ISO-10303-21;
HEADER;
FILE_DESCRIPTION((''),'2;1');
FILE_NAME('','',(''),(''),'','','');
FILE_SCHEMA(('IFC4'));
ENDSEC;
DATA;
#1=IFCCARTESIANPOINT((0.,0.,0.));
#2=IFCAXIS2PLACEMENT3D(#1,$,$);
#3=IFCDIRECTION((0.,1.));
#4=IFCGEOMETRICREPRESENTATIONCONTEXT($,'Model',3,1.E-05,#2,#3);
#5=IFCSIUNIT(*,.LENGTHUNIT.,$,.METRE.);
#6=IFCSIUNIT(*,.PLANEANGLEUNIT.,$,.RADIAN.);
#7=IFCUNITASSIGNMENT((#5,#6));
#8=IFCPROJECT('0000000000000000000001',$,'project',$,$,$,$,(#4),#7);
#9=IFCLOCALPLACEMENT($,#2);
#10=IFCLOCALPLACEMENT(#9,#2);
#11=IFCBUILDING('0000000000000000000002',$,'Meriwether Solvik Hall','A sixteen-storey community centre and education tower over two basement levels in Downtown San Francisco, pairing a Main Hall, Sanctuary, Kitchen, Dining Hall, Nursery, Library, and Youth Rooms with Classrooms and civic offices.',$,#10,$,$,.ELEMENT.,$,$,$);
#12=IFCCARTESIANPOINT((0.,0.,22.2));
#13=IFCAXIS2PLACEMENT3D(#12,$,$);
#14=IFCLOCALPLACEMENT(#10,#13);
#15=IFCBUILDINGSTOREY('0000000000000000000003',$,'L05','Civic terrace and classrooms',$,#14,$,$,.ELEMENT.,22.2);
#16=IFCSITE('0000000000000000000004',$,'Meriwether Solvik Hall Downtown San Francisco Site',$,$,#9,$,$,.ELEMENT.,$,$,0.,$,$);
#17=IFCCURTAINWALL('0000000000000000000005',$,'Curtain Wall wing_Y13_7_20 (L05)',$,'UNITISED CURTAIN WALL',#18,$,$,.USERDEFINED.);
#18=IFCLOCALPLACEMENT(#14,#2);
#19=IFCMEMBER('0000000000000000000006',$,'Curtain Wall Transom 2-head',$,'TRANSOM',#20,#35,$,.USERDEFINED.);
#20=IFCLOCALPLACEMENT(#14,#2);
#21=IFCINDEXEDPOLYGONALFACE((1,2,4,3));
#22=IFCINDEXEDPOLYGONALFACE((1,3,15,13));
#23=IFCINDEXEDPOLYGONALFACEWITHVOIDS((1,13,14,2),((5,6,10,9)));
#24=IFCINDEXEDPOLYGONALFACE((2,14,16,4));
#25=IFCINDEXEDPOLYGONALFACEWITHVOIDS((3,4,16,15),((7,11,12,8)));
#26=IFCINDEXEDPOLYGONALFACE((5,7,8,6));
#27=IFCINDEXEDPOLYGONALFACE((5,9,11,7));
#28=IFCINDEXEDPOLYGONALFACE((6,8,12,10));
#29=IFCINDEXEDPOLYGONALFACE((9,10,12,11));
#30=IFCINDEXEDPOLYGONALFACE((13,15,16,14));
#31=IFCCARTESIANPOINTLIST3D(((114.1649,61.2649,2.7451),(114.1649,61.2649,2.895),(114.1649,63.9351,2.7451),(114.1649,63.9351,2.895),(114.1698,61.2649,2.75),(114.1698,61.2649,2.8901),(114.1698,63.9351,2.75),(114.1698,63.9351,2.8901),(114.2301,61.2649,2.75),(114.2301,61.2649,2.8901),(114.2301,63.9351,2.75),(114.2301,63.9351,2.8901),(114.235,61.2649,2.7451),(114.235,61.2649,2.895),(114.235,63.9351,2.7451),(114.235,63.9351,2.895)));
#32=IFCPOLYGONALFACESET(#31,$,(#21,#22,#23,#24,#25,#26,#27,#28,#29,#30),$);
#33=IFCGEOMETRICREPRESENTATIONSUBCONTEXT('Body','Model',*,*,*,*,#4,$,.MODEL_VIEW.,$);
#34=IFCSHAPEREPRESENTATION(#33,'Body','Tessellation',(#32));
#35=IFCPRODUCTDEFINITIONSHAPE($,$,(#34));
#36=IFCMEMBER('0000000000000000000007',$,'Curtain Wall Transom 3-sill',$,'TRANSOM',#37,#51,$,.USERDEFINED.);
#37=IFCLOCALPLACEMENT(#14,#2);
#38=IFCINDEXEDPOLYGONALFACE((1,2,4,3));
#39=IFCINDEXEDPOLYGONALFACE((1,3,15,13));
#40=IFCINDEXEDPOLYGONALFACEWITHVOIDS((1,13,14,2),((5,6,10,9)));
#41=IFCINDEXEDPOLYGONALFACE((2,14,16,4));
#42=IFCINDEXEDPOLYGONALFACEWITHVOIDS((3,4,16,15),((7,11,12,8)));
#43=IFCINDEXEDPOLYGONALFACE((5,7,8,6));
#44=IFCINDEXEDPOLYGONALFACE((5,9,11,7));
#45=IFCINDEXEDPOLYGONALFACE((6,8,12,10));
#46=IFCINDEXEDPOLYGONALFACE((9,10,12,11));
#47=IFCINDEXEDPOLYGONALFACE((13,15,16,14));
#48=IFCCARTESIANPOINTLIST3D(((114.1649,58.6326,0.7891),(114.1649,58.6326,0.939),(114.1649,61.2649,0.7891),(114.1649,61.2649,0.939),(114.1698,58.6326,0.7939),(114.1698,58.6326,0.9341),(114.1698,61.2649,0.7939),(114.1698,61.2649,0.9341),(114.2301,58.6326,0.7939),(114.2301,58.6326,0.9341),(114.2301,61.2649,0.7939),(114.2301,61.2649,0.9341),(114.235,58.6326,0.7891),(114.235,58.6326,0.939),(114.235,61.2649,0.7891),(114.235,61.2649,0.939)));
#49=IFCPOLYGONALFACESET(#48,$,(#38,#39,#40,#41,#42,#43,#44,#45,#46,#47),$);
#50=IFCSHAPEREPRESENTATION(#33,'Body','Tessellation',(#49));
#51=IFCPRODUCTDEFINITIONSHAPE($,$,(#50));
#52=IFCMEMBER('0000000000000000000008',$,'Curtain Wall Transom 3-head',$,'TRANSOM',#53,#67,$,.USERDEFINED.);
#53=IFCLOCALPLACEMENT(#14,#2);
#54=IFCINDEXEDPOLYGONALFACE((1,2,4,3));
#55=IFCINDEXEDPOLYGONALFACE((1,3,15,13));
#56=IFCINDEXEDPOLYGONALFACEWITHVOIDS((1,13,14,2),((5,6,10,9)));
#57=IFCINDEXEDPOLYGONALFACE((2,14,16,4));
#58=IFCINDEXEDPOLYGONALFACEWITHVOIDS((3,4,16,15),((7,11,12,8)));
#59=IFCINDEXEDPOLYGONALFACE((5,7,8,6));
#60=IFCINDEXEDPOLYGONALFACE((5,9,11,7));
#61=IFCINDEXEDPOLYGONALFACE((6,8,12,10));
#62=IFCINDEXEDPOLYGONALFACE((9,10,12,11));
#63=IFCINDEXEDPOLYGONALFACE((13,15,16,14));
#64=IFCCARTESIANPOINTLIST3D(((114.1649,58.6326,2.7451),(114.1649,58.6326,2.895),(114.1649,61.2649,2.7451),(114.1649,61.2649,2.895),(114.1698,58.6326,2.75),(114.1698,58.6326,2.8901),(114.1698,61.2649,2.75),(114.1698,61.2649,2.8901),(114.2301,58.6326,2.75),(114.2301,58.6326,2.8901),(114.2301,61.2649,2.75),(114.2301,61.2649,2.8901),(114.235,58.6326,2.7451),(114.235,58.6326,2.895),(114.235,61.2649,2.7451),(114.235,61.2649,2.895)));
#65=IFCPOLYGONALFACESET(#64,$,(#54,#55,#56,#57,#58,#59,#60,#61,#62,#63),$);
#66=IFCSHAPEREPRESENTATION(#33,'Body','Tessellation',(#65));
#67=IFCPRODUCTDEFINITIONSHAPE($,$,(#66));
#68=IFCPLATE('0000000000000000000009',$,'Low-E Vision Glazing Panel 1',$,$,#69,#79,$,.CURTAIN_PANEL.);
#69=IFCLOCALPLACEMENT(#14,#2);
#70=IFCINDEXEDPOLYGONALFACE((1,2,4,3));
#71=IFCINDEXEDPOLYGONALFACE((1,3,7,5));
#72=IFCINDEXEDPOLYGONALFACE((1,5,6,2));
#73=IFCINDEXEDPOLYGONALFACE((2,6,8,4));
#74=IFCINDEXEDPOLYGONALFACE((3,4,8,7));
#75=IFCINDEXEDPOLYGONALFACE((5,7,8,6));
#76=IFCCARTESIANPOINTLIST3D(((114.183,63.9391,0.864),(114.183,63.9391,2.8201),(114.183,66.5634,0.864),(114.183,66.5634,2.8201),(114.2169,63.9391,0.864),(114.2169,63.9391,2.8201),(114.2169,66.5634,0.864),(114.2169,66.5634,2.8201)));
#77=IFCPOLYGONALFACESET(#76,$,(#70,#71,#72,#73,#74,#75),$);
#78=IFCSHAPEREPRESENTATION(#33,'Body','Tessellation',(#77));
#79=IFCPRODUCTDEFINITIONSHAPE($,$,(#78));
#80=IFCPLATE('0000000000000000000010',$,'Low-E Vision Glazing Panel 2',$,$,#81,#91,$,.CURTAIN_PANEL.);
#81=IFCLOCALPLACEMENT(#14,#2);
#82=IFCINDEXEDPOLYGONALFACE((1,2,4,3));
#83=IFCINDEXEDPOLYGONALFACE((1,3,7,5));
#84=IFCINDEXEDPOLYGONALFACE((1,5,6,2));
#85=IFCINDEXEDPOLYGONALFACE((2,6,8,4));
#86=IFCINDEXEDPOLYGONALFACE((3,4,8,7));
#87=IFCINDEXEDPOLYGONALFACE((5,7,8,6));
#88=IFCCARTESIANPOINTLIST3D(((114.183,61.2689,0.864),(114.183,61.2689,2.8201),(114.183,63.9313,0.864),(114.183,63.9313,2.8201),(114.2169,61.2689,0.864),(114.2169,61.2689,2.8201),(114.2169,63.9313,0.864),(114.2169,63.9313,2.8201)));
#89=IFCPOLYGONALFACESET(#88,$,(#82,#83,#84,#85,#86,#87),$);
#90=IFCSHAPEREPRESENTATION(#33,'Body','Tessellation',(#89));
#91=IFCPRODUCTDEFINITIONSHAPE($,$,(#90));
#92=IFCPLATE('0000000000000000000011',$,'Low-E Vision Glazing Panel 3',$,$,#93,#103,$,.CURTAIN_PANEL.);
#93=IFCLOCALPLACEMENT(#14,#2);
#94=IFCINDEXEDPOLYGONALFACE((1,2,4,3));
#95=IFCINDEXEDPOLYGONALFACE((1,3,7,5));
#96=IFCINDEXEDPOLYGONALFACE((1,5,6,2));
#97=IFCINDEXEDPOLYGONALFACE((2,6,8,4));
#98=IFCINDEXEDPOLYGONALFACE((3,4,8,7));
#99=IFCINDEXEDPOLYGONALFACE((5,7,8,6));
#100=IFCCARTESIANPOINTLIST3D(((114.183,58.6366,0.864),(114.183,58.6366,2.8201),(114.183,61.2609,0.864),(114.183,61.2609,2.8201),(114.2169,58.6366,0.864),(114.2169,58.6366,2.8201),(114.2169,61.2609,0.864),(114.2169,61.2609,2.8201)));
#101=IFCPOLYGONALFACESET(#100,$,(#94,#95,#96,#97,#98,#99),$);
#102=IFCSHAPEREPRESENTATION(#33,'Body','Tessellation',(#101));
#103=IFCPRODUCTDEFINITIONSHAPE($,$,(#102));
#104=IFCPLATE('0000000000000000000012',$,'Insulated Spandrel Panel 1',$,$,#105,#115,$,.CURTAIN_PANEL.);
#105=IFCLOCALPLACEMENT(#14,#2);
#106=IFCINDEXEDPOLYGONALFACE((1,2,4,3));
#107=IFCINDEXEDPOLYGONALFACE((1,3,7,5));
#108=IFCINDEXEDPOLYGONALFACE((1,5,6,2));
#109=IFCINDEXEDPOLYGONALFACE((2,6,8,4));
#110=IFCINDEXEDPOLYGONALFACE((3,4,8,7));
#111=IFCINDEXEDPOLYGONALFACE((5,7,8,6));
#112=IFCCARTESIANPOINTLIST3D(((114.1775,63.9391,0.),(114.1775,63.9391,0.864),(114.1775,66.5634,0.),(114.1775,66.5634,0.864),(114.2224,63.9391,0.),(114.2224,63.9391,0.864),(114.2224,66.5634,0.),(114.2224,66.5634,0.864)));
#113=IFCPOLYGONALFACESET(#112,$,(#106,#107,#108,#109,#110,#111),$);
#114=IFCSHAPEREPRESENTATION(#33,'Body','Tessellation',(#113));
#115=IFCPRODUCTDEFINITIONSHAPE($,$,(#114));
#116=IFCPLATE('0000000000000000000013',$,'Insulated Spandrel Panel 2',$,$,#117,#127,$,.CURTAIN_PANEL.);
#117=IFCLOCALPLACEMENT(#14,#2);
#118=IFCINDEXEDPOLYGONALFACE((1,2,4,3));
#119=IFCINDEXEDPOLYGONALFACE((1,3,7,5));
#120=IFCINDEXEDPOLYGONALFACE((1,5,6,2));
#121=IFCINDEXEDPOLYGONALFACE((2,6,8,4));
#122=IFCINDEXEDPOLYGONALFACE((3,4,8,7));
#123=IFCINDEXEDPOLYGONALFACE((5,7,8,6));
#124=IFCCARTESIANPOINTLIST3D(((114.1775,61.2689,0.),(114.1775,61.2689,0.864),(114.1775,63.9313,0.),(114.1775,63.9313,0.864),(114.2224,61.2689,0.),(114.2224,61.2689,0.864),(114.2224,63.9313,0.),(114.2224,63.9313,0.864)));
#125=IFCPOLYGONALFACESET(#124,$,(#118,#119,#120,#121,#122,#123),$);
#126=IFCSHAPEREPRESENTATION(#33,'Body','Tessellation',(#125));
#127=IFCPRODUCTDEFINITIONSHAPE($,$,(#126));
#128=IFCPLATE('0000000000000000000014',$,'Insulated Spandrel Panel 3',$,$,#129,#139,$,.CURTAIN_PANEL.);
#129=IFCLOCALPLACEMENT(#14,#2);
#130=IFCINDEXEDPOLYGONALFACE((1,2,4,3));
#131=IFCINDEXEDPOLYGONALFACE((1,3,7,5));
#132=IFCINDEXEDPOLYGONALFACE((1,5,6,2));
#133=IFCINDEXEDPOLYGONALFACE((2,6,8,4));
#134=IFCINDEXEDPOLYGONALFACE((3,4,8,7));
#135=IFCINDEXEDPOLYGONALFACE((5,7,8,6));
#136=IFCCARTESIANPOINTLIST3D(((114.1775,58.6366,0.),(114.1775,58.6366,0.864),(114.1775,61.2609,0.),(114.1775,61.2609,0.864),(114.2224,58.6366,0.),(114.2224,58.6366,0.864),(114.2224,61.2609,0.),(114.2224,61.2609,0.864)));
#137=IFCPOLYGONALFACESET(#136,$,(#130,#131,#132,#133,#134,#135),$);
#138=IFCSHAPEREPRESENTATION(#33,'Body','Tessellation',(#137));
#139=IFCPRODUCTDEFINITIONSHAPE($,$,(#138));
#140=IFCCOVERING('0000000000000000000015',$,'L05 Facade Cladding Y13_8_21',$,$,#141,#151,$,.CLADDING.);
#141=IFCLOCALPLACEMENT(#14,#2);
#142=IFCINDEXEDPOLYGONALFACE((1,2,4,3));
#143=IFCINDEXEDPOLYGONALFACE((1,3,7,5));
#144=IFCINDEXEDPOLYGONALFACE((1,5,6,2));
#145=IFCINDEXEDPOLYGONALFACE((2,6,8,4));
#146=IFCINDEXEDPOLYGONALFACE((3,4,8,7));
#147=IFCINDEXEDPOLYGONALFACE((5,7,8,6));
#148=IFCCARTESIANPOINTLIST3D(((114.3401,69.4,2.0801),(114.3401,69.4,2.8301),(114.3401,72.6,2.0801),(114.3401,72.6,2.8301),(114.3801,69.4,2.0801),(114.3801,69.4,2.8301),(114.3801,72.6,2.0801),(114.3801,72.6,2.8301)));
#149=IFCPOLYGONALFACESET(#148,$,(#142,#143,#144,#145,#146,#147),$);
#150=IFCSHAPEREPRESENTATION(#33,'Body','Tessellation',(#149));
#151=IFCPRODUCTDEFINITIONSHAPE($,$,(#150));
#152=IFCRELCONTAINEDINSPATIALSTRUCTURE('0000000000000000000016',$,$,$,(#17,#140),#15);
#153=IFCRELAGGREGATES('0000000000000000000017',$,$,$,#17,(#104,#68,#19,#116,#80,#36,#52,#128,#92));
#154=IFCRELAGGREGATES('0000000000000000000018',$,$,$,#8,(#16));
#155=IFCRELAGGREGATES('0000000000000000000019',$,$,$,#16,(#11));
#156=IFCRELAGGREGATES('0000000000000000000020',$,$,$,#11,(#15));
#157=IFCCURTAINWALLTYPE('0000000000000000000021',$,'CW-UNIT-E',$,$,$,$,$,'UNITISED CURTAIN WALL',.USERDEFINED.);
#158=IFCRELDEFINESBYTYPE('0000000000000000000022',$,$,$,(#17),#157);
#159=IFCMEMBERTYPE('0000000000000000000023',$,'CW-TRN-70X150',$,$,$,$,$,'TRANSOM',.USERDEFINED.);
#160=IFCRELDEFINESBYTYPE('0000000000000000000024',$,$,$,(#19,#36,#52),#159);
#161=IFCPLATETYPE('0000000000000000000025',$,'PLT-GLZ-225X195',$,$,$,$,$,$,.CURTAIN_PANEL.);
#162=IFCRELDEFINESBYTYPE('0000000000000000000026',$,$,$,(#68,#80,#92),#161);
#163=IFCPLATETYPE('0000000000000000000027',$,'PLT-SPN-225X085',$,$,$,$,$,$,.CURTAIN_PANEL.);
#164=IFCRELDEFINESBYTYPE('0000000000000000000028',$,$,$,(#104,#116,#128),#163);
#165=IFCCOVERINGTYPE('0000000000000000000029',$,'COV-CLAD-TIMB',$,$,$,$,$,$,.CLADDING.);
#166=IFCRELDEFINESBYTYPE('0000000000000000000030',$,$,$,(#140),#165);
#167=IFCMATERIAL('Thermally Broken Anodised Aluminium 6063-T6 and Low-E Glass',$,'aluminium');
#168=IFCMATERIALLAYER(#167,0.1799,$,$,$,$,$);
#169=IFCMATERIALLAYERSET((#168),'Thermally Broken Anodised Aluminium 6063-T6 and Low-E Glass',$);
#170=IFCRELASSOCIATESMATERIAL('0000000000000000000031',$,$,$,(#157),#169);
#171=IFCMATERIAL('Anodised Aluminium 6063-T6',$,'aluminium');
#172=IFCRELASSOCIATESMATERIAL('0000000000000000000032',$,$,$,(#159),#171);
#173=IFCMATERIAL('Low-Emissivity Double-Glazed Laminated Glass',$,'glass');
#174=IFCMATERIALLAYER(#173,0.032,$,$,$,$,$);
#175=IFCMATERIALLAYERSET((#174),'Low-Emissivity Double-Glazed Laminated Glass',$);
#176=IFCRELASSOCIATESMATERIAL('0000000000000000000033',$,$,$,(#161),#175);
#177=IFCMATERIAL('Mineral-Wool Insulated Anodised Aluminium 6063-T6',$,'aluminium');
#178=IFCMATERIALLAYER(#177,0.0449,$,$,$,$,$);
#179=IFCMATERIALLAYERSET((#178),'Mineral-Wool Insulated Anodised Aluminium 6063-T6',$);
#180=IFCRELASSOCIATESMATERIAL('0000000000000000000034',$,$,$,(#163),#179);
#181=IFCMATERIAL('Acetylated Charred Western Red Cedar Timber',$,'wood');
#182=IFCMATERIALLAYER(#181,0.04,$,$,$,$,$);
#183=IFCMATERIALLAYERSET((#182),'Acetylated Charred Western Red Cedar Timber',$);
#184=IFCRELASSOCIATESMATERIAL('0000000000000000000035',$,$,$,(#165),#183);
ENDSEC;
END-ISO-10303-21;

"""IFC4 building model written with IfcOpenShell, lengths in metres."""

from ifc_helpers import new_model, si_unit, direction, frame, origin, origin_2d, place, context, subcontext, project, spatial, rectangle, hollow_rectangle, extrude, material, layer, layer_set, material_profile, profile_set, type_object, element, aggregate, save


model = new_model("IFC4")

# Units and contexts
model_context = context("Model", 3, precision=1e-05, world=origin(), true_north=direction((0.0, 1.0)))
body_context = subcontext(model_context, "Body", "Model", "MODEL_VIEW")
ifc_project = project(units=[si_unit("LENGTHUNIT", "METRE"), si_unit("PLANEANGLEUNIT", "RADIAN")], contexts=[model_context])

# Site, building, storey
site_placement = place(None, origin())
site = spatial("IfcSite", under=ifc_project, at=site_placement, Name="Meriwether Solvik Hall Downtown San Francisco Site", CompositionType="ELEMENT", RefElevation=0.0)
building_placement = place(site_placement, origin())
building = spatial("IfcBuilding", under=site, at=building_placement, Name="Meriwether Solvik Hall", Description="A sixteen-storey community centre and education tower over two basement levels in Downtown San Francisco, pairing a Main Hall, Sanctuary, Kitchen, Dining Hall, Nursery, Library, and Youth Rooms with Classrooms and civic offices.", CompositionType="ELEMENT")
storey_placement = place(building_placement, frame((0.0, 0.0, 22.2)))
storey = spatial("IfcBuildingStorey", under=building, at=storey_placement, Name="L05", Description="Civic terrace and classrooms", CompositionType="ELEMENT", Elevation=22.2)

# Curtain wall, members, plates
ifc_material_1 = material(Name="Thermally Broken Anodised Aluminium 6063-T6 and Low-E Glass", Category="aluminium")
ifc_layer_1 = layer(ifc_material_1, 0.1799)
ifc_layer_set_1 = layer_set([ifc_layer_1], Name="Thermally Broken Anodised Aluminium 6063-T6 and Low-E Glass")
curtain_wall_type = type_object("IfcCurtainWallType", Name="CW-UNIT-E", ElementType="UNITISED CURTAIN WALL", PredefinedType="USERDEFINED", material=ifc_layer_set_1)
curtain_wall_placement = place(storey_placement, origin())
curtain_wall = element("IfcCurtainWall", 1, at=curtain_wall_placement, inside=storey, type_object=curtain_wall_type, Name="Curtain Wall wing_Y13_7_20 (L05)", ObjectType="UNITISED CURTAIN WALL", PredefinedType="USERDEFINED")
ifc_material_2 = material(Name="Anodised Aluminium 6063-T6", Category="aluminium")
ifc_material_profile_1 = material_profile(ifc_material_2, hollow_rectangle(XDim=0.0701, YDim=0.1499, WallThickness=0.0049, at=origin_2d()), Name="CWT-70X150")
ifc_profile_set_1 = profile_set([ifc_material_profile_1], Name="Anodised Aluminium 6063-T6")
member_type_1 = type_object("IfcMemberType", Name="CW-TRN-70X150", ElementType="TRANSOM", PredefinedType="USERDEFINED", material=ifc_profile_set_1)
member_1_placement = place(storey_placement, frame((114.2, 63.9351, 2.8201), z_axis=(0.0, -1.0, 0.0), x_axis=(1.0, 0.0, 0.0)))
member_1 = element("IfcMember", 2, at=member_1_placement, type_object=member_type_1, Name="Curtain Wall Transom 2-head", ObjectType="TRANSOM", PredefinedType="USERDEFINED", context=body_context, shape_type="SweptSolid", body=[
    extrude(hollow_rectangle(XDim=0.0701, YDim=0.1499, WallThickness=0.0049, at=origin_2d()), origin(), (0.0, 0.0, 1.0), 2.6702),
])
member_2_placement = place(storey_placement, frame((114.2, 61.2649, 0.864), z_axis=(0.0, -1.0, 0.0), x_axis=(1.0, 0.0, 0.0)))
member_2 = element("IfcMember", 3, at=member_2_placement, type_object=member_type_1, Name="Curtain Wall Transom 3-sill", ObjectType="TRANSOM", PredefinedType="USERDEFINED", context=body_context, shape_type="SweptSolid", body=[
    extrude(hollow_rectangle(XDim=0.0701, YDim=0.1499, WallThickness=0.0049, at=origin_2d()), origin(), (0.0, 0.0, 1.0), 2.6323),
])
member_3_placement = place(storey_placement, frame((114.2, 61.2649, 2.8201), z_axis=(0.0, -1.0, 0.0), x_axis=(1.0, 0.0, 0.0)))
member_3 = element("IfcMember", 4, at=member_3_placement, type_object=member_type_1, Name="Curtain Wall Transom 3-head", ObjectType="TRANSOM", PredefinedType="USERDEFINED", context=body_context, shape_type="SweptSolid", body=[
    extrude(hollow_rectangle(XDim=0.0701, YDim=0.1499, WallThickness=0.0049, at=origin_2d()), origin(), (0.0, 0.0, 1.0), 2.6323),
])
ifc_material_3 = material(Name="Low-Emissivity Double-Glazed Laminated Glass", Category="glass")
ifc_layer_2 = layer(ifc_material_3, 0.032)
ifc_layer_set_2 = layer_set([ifc_layer_2], Name="Low-Emissivity Double-Glazed Laminated Glass")
plate_type_1 = type_object("IfcPlateType", Name="PLT-GLZ-225X195", PredefinedType="CURTAIN_PANEL", material=ifc_layer_set_2)
plate_1_placement = place(storey_placement, frame((114.2, 65.2512, 0.864), z_axis=(0.0, 0.0, 1.0), x_axis=(0.0, -1.0, 0.0)))
plate_1 = element("IfcPlate", 5, at=plate_1_placement, type_object=plate_type_1, Name="Low-E Vision Glazing Panel 1", PredefinedType="CURTAIN_PANEL", context=body_context, shape_type="SweptSolid", body=[
    extrude(rectangle(XDim=2.6243, YDim=0.0339, at=origin_2d()), origin(), (0.0, 0.0, 1.0), 1.9561),
])
plate_2_placement = place(storey_placement, frame((114.2, 62.6001, 0.864), z_axis=(0.0, 0.0, 1.0), x_axis=(0.0, -1.0, 0.0)))
plate_2 = element("IfcPlate", 6, at=plate_2_placement, type_object=plate_type_1, Name="Low-E Vision Glazing Panel 2", PredefinedType="CURTAIN_PANEL", context=body_context, shape_type="SweptSolid", body=[
    extrude(rectangle(XDim=2.6624, YDim=0.0339, at=origin_2d()), origin(), (0.0, 0.0, 1.0), 1.9561),
])
plate_3_placement = place(storey_placement, frame((114.2, 59.9487, 0.864), z_axis=(0.0, 0.0, 1.0), x_axis=(0.0, -1.0, 0.0)))
plate_3 = element("IfcPlate", 7, at=plate_3_placement, type_object=plate_type_1, Name="Low-E Vision Glazing Panel 3", PredefinedType="CURTAIN_PANEL", context=body_context, shape_type="SweptSolid", body=[
    extrude(rectangle(XDim=2.6243, YDim=0.0339, at=origin_2d()), origin(), (0.0, 0.0, 1.0), 1.9561),
])
ifc_material_4 = material(Name="Mineral-Wool Insulated Anodised Aluminium 6063-T6", Category="aluminium")
ifc_layer_3 = layer(ifc_material_4, 0.0449)
ifc_layer_set_3 = layer_set([ifc_layer_3], Name="Mineral-Wool Insulated Anodised Aluminium 6063-T6")
plate_type_2 = type_object("IfcPlateType", Name="PLT-SPN-225X085", PredefinedType="CURTAIN_PANEL", material=ifc_layer_set_3)
plate_4_placement = place(storey_placement, frame((114.2, 65.2512, 0.0), z_axis=(0.0, 0.0, 1.0), x_axis=(0.0, -1.0, 0.0)))
plate_4 = element("IfcPlate", 8, at=plate_4_placement, type_object=plate_type_2, Name="Insulated Spandrel Panel 1", PredefinedType="CURTAIN_PANEL", context=body_context, shape_type="SweptSolid", body=[
    extrude(rectangle(XDim=2.6243, YDim=0.0449, at=origin_2d()), origin(), (0.0, 0.0, 1.0), 0.864),
])
plate_5_placement = place(storey_placement, frame((114.2, 62.6001, 0.0), z_axis=(0.0, 0.0, 1.0), x_axis=(0.0, -1.0, 0.0)))
plate_5 = element("IfcPlate", 9, at=plate_5_placement, type_object=plate_type_2, Name="Insulated Spandrel Panel 2", PredefinedType="CURTAIN_PANEL", context=body_context, shape_type="SweptSolid", body=[
    extrude(rectangle(XDim=2.6624, YDim=0.0449, at=origin_2d()), origin(), (0.0, 0.0, 1.0), 0.864),
])
plate_6_placement = place(storey_placement, frame((114.2, 59.9487, 0.0), z_axis=(0.0, 0.0, 1.0), x_axis=(0.0, -1.0, 0.0)))
plate_6 = element("IfcPlate", 10, at=plate_6_placement, type_object=plate_type_2, Name="Insulated Spandrel Panel 3", PredefinedType="CURTAIN_PANEL", context=body_context, shape_type="SweptSolid", body=[
    extrude(rectangle(XDim=2.6243, YDim=0.0449, at=origin_2d()), origin(), (0.0, 0.0, 1.0), 0.864),
])
aggregate(curtain_wall, [plate_4, plate_1, member_1, plate_5, plate_2, member_2, member_3, plate_6, plate_3])

# Covering
ifc_material_5 = material(Name="Acetylated Charred Western Red Cedar Timber", Category="wood")
ifc_layer_4 = layer(ifc_material_5, 0.04)
ifc_layer_set_4 = layer_set([ifc_layer_4], Name="Acetylated Charred Western Red Cedar Timber")
covering_type = type_object("IfcCoveringType", Name="COV-CLAD-TIMB", PredefinedType="CLADDING", material=ifc_layer_set_4)
covering_placement = place(storey_placement, frame((114.3601, 71.0, 2.0801), z_axis=(0.0, 0.0, 1.0), x_axis=(0.0, -1.0, 0.0)))
element("IfcCovering", 11, at=covering_placement, inside=storey, type_object=covering_type, Name="L05 Facade Cladding Y13_8_21", PredefinedType="CLADDING", context=body_context, shape_type="SweptSolid", body=[
    extrude(rectangle(XDim=3.2, YDim=0.04, at=origin_2d()), origin(), (0.0, 0.0, 1.0), 0.75),
])

save(model, "model.ifc")
